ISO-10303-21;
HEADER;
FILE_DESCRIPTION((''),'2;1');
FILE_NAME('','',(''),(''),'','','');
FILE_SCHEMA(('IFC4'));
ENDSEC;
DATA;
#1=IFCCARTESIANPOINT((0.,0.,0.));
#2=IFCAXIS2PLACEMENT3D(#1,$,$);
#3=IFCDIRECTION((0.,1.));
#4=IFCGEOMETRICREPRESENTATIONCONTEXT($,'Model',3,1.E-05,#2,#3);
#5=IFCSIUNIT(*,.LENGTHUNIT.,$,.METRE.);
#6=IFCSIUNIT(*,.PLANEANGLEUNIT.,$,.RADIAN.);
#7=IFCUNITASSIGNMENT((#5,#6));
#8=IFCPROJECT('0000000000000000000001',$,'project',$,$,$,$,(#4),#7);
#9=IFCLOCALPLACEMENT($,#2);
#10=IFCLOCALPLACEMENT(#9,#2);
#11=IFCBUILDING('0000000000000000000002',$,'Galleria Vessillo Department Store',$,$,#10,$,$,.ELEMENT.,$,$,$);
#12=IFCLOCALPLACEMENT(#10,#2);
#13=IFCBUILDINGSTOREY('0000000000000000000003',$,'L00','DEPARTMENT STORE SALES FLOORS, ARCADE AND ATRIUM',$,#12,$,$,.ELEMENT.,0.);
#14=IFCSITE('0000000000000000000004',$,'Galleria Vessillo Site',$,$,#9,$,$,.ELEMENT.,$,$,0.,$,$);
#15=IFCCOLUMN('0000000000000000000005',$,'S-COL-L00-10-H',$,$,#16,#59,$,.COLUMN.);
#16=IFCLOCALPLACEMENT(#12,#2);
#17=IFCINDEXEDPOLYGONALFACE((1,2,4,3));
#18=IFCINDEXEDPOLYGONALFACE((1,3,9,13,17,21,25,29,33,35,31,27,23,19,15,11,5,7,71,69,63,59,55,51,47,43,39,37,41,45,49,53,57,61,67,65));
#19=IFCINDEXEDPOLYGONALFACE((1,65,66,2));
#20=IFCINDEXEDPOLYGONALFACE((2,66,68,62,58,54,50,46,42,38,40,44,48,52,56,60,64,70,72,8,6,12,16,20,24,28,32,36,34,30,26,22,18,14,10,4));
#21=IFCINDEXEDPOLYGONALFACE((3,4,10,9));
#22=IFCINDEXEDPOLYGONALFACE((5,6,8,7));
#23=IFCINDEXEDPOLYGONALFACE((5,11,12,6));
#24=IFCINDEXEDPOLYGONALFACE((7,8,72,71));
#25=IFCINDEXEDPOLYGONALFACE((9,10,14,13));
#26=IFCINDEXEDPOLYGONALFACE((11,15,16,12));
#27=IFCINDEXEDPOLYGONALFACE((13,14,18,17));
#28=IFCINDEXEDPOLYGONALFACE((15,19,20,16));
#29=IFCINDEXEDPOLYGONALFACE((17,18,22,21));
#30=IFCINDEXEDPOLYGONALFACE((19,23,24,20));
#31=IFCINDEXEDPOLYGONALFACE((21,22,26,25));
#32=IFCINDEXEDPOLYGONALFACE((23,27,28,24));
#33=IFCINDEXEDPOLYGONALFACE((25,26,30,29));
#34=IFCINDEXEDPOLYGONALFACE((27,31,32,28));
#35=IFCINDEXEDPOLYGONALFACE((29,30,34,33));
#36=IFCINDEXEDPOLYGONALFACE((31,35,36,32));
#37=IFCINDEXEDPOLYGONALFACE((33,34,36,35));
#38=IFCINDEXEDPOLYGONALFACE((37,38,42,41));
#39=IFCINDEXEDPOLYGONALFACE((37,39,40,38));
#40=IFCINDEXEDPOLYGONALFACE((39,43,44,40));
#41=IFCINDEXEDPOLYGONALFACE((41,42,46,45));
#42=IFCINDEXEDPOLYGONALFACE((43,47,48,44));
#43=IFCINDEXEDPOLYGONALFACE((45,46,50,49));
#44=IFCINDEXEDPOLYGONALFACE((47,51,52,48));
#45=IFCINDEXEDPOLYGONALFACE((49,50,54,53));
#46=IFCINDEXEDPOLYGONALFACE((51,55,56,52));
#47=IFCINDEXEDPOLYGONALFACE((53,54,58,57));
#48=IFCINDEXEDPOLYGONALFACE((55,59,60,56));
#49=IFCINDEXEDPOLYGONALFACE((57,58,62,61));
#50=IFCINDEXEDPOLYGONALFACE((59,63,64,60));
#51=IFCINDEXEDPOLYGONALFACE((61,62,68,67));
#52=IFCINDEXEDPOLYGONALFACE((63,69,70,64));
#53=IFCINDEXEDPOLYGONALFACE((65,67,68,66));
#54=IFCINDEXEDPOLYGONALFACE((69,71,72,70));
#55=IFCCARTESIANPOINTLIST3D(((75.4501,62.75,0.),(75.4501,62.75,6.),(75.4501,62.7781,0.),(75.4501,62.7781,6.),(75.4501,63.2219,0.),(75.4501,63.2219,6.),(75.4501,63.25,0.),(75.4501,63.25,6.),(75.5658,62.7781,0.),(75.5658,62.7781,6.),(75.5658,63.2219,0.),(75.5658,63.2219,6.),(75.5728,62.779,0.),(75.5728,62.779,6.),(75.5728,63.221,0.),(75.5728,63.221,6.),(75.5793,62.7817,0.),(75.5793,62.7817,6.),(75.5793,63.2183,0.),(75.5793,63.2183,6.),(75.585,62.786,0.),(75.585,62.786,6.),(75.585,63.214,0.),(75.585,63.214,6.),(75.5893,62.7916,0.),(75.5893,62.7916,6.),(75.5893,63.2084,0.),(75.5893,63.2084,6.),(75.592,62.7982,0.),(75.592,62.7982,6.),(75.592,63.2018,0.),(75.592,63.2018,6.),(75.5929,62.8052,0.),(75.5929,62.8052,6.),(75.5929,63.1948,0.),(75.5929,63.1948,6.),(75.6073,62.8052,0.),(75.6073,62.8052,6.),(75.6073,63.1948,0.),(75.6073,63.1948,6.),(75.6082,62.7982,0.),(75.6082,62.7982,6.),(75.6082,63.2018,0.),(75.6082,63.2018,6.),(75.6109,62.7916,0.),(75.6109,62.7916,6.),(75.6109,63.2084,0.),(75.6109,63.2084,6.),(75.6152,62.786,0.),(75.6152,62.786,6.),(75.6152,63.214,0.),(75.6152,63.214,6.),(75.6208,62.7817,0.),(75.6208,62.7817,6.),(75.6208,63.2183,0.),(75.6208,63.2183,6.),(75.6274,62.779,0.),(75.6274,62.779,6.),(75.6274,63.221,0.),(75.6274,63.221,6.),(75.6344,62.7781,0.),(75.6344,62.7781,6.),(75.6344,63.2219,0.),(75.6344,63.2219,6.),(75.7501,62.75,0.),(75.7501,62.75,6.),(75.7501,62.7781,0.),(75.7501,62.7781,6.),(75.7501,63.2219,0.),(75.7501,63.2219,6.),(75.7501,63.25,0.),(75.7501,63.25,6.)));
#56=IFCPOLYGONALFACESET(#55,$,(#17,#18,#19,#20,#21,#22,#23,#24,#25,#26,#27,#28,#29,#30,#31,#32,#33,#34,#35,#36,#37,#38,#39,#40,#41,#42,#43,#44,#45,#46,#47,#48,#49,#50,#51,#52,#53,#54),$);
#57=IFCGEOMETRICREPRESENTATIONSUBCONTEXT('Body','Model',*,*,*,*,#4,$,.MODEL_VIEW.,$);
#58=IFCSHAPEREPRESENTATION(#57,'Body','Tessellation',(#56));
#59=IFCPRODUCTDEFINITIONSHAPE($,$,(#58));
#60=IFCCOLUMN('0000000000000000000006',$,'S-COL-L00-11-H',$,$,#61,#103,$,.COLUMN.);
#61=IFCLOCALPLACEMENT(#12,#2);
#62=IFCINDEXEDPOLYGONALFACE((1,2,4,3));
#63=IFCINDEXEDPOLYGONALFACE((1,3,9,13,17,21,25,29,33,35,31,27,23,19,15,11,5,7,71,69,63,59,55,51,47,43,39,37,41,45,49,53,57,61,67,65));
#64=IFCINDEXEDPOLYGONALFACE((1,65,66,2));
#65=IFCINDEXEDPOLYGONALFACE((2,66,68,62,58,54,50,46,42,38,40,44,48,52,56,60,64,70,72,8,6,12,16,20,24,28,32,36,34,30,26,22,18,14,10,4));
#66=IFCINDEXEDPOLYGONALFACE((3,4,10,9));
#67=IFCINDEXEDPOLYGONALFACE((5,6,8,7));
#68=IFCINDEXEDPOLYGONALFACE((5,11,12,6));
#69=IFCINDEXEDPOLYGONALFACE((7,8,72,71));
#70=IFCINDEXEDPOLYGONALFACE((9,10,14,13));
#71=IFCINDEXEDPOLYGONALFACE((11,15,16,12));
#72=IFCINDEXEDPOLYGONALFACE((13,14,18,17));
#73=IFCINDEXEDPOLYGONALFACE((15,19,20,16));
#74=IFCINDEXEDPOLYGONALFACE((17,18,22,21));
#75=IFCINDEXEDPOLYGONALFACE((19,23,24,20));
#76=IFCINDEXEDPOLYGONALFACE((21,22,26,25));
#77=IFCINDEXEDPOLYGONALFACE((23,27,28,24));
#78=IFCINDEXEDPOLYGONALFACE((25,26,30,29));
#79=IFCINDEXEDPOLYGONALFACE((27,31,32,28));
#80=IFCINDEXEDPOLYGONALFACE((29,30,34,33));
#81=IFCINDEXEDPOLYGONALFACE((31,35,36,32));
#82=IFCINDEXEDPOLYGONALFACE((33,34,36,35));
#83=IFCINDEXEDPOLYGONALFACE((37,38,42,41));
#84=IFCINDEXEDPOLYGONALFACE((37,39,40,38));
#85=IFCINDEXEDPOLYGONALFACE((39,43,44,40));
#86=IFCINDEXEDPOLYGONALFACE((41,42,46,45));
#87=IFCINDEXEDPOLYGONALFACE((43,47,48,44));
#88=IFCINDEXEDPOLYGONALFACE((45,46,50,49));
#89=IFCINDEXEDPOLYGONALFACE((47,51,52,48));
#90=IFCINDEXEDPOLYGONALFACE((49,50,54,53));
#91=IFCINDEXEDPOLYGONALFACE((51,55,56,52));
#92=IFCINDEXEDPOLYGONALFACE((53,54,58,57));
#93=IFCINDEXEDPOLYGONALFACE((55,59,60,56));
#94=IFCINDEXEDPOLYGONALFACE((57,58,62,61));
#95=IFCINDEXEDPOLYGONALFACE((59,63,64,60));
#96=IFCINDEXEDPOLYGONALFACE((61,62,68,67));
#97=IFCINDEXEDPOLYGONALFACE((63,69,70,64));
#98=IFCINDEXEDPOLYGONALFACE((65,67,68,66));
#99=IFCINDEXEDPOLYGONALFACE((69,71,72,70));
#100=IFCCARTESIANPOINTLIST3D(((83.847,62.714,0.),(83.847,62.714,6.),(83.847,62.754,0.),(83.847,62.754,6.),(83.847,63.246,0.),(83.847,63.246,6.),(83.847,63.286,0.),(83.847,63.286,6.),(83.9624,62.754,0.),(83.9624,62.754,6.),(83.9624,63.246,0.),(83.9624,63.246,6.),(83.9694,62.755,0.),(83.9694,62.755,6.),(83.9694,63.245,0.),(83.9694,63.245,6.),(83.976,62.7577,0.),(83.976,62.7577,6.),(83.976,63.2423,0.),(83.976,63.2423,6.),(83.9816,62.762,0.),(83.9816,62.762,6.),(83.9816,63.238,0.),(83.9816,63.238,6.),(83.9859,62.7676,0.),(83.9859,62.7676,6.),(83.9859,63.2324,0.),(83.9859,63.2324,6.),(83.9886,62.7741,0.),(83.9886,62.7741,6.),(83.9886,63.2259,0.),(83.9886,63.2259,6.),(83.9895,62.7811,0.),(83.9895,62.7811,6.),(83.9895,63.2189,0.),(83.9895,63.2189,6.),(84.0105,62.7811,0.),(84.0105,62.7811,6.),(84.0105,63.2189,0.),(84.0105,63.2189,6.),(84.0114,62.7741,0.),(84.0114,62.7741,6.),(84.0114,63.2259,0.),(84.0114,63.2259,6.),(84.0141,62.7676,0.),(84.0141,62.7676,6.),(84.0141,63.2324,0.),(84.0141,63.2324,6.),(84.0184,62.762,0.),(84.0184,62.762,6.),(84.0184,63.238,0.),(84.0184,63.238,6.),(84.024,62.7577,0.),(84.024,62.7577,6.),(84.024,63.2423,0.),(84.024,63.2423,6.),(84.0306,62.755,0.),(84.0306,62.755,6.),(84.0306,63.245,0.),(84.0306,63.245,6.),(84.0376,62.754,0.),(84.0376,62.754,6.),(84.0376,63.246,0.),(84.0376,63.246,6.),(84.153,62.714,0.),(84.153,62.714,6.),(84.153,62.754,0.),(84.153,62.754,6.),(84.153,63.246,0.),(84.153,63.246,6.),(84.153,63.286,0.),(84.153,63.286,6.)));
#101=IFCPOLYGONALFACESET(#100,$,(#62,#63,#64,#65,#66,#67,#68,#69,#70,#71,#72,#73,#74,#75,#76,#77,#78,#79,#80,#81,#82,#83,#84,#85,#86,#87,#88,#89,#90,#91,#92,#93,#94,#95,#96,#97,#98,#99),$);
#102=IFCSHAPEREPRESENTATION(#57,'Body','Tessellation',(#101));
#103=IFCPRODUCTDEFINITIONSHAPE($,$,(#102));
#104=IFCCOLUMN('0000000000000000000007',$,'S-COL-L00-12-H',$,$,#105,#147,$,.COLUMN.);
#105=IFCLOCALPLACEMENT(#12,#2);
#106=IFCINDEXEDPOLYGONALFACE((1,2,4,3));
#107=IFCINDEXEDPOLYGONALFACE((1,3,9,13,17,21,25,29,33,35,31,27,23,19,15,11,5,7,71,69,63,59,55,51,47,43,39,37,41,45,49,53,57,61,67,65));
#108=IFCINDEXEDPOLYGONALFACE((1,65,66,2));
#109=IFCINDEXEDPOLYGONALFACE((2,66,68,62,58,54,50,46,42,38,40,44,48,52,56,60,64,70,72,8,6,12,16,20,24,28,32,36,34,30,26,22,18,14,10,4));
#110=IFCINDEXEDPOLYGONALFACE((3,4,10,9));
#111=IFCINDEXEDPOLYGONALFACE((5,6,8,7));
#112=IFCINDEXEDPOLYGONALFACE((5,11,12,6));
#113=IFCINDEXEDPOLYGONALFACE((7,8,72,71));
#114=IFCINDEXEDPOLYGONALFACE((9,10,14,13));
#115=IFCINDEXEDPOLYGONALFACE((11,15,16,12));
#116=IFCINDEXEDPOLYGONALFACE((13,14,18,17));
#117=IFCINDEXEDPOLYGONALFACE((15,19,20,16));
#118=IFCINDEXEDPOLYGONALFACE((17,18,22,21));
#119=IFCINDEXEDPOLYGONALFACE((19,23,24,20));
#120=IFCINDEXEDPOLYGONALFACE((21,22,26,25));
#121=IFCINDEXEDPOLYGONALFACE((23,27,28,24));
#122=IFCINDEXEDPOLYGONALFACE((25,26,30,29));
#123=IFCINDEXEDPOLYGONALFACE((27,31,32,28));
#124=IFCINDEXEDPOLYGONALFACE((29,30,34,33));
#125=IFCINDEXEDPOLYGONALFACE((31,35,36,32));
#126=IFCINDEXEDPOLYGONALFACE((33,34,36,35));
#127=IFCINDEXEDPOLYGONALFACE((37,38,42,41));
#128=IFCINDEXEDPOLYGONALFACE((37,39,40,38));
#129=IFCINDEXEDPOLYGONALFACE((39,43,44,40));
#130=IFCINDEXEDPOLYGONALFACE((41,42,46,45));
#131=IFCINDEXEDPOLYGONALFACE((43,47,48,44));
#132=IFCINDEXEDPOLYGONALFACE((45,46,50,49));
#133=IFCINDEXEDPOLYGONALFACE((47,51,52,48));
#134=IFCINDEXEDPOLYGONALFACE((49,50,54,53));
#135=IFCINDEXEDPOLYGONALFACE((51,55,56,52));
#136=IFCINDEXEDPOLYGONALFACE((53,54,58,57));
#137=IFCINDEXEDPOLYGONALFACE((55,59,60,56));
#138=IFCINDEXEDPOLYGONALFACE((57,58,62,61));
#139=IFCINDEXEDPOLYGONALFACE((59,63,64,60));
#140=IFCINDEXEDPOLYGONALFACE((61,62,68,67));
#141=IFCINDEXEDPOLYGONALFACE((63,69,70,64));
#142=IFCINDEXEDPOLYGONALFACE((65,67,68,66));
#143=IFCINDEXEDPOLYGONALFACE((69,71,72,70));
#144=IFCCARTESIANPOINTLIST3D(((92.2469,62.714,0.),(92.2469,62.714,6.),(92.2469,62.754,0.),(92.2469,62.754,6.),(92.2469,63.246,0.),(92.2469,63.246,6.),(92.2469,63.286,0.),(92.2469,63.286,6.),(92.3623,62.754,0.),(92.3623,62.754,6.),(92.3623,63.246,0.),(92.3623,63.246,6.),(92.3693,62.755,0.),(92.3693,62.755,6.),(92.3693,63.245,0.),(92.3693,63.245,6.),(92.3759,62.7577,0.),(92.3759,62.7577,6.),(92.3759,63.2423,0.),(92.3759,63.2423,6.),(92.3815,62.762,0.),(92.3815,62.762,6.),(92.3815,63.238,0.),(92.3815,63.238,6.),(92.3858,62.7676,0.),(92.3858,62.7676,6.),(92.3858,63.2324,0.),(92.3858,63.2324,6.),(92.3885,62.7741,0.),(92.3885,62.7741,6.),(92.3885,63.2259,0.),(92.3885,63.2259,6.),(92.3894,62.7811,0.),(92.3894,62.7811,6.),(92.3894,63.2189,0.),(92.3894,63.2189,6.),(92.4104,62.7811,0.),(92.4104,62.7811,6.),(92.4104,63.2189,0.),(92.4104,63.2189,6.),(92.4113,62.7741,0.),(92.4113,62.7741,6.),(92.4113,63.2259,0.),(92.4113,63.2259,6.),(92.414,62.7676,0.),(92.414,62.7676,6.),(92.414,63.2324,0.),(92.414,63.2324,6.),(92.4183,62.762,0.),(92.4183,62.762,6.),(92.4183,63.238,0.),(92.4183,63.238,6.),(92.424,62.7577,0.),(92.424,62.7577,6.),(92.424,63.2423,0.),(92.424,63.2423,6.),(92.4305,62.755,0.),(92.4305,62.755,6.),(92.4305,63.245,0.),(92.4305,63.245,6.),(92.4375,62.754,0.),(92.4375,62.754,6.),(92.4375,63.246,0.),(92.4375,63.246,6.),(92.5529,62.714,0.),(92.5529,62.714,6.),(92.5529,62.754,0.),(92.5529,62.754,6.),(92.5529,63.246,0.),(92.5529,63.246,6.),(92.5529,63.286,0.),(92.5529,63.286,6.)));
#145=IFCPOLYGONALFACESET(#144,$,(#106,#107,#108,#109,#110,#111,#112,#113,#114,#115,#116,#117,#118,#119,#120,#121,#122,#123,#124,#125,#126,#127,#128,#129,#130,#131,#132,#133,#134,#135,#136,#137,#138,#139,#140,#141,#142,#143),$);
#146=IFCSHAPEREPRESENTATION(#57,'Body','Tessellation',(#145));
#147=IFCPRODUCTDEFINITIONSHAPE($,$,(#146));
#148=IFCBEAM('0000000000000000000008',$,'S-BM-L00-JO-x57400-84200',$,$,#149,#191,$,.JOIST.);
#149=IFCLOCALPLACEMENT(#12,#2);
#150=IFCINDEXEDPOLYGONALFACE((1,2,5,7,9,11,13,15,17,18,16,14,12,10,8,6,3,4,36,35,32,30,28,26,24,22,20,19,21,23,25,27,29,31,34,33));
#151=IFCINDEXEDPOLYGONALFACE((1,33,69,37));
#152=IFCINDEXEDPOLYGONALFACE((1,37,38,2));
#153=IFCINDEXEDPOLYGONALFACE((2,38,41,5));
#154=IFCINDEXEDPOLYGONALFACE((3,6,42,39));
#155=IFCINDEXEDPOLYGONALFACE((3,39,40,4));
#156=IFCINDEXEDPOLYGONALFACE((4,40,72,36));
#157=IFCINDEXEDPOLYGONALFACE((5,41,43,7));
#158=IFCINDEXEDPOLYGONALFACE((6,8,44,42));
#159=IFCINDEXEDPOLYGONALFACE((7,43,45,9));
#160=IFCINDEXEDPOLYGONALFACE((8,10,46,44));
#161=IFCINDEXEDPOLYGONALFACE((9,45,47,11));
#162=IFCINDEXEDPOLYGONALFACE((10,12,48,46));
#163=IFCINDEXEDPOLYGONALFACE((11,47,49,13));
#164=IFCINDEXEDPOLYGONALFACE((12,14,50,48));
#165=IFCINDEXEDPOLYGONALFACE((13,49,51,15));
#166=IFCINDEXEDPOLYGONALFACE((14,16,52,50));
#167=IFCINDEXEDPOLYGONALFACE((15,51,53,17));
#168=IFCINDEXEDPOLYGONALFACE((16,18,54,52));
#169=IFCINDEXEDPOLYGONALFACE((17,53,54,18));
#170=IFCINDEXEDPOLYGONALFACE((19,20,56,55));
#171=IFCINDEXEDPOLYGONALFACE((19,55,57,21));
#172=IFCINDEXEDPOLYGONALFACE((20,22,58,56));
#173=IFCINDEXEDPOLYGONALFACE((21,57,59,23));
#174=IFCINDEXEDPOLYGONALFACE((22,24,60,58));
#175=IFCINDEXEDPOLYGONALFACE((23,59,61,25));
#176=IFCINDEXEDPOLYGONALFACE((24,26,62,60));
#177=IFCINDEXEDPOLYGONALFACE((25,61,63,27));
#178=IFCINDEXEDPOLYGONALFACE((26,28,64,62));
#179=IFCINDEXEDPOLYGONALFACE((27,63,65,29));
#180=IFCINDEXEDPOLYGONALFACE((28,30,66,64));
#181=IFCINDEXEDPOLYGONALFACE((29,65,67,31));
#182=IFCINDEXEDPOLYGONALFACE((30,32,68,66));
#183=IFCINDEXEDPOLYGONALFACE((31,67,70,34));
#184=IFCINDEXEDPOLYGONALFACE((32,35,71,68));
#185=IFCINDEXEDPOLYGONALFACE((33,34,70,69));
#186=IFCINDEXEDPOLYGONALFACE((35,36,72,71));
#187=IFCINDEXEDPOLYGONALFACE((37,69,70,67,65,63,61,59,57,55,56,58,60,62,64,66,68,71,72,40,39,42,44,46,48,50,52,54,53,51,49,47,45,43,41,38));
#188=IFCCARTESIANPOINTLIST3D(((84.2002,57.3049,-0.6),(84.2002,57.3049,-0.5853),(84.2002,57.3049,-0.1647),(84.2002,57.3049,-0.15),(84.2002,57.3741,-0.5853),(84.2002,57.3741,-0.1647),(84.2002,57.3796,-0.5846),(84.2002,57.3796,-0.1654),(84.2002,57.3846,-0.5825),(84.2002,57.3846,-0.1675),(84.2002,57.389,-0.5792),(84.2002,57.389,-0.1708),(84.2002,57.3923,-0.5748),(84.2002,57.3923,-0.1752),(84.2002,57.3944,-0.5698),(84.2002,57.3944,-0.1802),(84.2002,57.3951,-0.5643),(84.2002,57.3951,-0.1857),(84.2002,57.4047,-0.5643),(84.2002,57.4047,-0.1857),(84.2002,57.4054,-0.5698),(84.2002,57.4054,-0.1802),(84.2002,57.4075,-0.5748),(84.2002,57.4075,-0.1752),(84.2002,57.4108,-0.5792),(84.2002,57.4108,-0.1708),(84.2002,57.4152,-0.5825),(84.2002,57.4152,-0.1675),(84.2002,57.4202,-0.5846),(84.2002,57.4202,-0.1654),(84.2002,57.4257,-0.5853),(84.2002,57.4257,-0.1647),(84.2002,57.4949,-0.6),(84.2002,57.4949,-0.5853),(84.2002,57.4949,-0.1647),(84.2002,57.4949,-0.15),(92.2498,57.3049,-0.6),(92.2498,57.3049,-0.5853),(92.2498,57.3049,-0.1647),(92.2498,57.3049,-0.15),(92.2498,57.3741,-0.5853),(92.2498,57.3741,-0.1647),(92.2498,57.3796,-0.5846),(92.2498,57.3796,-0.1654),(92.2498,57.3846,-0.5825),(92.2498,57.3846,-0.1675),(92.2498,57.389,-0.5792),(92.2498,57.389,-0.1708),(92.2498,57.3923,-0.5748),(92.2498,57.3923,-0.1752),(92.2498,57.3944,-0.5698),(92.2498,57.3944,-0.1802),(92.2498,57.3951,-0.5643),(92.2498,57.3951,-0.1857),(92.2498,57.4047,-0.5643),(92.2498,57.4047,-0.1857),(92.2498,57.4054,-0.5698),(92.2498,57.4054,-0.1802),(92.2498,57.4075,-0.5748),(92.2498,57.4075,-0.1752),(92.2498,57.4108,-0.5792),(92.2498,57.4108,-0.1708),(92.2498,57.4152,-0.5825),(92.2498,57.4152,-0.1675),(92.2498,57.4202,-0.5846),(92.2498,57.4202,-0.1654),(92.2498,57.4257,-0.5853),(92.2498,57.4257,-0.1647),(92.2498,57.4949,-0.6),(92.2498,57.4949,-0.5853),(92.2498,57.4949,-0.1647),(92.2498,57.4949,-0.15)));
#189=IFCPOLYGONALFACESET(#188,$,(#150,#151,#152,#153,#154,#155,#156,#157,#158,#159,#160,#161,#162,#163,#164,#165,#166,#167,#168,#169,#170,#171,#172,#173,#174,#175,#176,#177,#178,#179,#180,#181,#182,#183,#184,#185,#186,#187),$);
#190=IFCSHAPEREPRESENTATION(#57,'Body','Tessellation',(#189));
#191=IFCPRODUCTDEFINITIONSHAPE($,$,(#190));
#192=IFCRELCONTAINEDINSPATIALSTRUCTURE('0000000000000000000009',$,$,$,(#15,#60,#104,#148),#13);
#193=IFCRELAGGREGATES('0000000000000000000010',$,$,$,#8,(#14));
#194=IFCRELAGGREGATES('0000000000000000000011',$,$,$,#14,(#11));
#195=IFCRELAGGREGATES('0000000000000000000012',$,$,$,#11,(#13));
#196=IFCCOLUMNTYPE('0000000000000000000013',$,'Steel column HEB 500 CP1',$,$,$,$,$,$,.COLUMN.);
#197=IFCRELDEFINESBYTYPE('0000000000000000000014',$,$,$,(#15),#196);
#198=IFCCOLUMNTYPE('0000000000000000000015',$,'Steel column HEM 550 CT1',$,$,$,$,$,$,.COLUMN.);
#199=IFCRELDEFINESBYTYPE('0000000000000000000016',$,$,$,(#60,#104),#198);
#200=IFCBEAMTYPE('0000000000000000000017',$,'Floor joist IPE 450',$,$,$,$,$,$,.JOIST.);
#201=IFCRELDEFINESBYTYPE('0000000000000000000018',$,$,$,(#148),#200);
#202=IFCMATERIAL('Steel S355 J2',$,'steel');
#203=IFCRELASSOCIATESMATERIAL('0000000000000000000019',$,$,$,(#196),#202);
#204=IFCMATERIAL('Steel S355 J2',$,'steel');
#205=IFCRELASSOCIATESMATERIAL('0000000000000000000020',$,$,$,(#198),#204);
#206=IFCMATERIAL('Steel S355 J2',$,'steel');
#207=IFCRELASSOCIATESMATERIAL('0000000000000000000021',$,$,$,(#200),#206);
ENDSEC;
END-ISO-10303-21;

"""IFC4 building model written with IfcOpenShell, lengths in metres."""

from ifc_helpers import new_model, si_unit, direction, frame, origin, origin_2d, place, context, subcontext, project, spatial, i_section, extrude, material, material_profile, profile_set, type_object, element, save


model = new_model("IFC4")

# Units and contexts
model_context = context("Model", 3, precision=1e-05, world=origin(), true_north=direction((0.0, 1.0)))
body_context = subcontext(model_context, "Body", "Model", "MODEL_VIEW")
ifc_project = project(units=[si_unit("LENGTHUNIT", "METRE"), si_unit("PLANEANGLEUNIT", "RADIAN")], contexts=[model_context])

# Site, building, storey
site_placement = place(None, origin())
site = spatial("IfcSite", under=ifc_project, at=site_placement, Name="Galleria Vessillo Site", CompositionType="ELEMENT", RefElevation=0.0)
building_placement = place(site_placement, origin())
building = spatial("IfcBuilding", under=site, at=building_placement, Name="Galleria Vessillo Department Store", CompositionType="ELEMENT")
storey_placement = place(building_placement, origin())
storey = spatial("IfcBuildingStorey", under=building, at=storey_placement, Name="L00", Description="DEPARTMENT STORE SALES FLOORS, ARCADE AND ATRIUM", CompositionType="ELEMENT", Elevation=0.0)

# Columns
ifc_material_1 = material(Name="Steel S355 J2", Category="steel")
ifc_material_profile_1 = material_profile(ifc_material_1, i_section(OverallWidth=0.3, OverallDepth=0.5, WebThickness=0.0144, FlangeThickness=0.0281, FilletRadius=0.0271, at=origin_2d()), Name="HEB 500")
ifc_profile_set_1 = profile_set([ifc_material_profile_1], Name="Steel S355 J2")
column_type_1 = type_object("IfcColumnType", Name="Steel column HEB 500 CP1", PredefinedType="COLUMN", material=ifc_profile_set_1)
column_placement = place(storey_placement, frame((75.6001, 63.0, 0.0), z_axis=(0.0, 0.0, 1.0), x_axis=(1.0, 0.0, 0.0)))
element("IfcColumn", 1, at=column_placement, inside=storey, type_object=column_type_1, Name="S-COL-L00-10-H", PredefinedType="COLUMN", context=body_context, shape_type="SweptSolid", body=[
    extrude(i_section(OverallWidth=0.3, OverallDepth=0.5, WebThickness=0.0144, FlangeThickness=0.0281, FilletRadius=0.0271, at=origin_2d()), origin(), (0.0, 0.0, 1.0), 6.0),
])
ifc_material_2 = material(Name="Steel S355 J2", Category="steel")
ifc_material_profile_2 = material_profile(ifc_material_2, i_section(OverallWidth=0.3059, OverallDepth=0.572, WebThickness=0.021, FlangeThickness=0.04, FilletRadius=0.0271, at=origin_2d()), Name="HEM 550")
ifc_profile_set_2 = profile_set([ifc_material_profile_2], Name="Steel S355 J2")
column_type_2 = type_object("IfcColumnType", Name="Steel column HEM 550 CT1", PredefinedType="COLUMN", material=ifc_profile_set_2)
for number, where, z_axis, x_axis, name in (
    (2, (84.0, 63.0, 0.0), (0.0, 0.0, 1.0), (1.0, 0.0, 0.0), "S-COL-L00-11-H"),
    (3, (92.3999, 63.0, 0.0), (0.0, 0.0, 1.0), (1.0, 0.0, 0.0), "S-COL-L00-12-H"),
):
    element("IfcColumn", number, at=place(storey_placement, frame(where, z_axis=z_axis, x_axis=x_axis)), inside=storey, type_object=column_type_2, Name=name, PredefinedType="COLUMN", context=body_context, shape_type="SweptSolid", body=[
        extrude(i_section(OverallWidth=0.3059, OverallDepth=0.572, WebThickness=0.021, FlangeThickness=0.04, FilletRadius=0.0271, at=origin_2d()), origin(), (0.0, 0.0, 1.0), 6.0),
    ])

# Beam
ifc_material_3 = material(Name="Steel S355 J2", Category="steel")
ifc_material_profile_3 = material_profile(ifc_material_3, i_section(OverallWidth=0.1899, OverallDepth=0.45, WebThickness=0.0095, FlangeThickness=0.0146, FilletRadius=0.021, at=origin_2d()), Name="IPE 450")
ifc_profile_set_3 = profile_set([ifc_material_profile_3], Name="Steel S355 J2")
beam_type = type_object("IfcBeamType", Name="Floor joist IPE 450", PredefinedType="JOIST", material=ifc_profile_set_3)
for number, where, z_axis, x_axis, name in (
    (4, (84.2002, 57.3999, -0.375), (1.0, 0.0, 0.0), (0.0, 1.0, 0.0), "S-BM-L00-JO-x57400-84200"),
):
    element("IfcBeam", number, at=place(storey_placement, frame(where, z_axis=z_axis, x_axis=x_axis)), inside=storey, type_object=beam_type, Name=name, PredefinedType="JOIST", context=body_context, shape_type="SweptSolid", body=[
        extrude(i_section(OverallWidth=0.1899, OverallDepth=0.45, WebThickness=0.0095, FlangeThickness=0.0146, FilletRadius=0.021, at=origin_2d()), origin(), (0.0, 0.0, 1.0), 8.0496),
    ])

save(model, "model.ifc")
